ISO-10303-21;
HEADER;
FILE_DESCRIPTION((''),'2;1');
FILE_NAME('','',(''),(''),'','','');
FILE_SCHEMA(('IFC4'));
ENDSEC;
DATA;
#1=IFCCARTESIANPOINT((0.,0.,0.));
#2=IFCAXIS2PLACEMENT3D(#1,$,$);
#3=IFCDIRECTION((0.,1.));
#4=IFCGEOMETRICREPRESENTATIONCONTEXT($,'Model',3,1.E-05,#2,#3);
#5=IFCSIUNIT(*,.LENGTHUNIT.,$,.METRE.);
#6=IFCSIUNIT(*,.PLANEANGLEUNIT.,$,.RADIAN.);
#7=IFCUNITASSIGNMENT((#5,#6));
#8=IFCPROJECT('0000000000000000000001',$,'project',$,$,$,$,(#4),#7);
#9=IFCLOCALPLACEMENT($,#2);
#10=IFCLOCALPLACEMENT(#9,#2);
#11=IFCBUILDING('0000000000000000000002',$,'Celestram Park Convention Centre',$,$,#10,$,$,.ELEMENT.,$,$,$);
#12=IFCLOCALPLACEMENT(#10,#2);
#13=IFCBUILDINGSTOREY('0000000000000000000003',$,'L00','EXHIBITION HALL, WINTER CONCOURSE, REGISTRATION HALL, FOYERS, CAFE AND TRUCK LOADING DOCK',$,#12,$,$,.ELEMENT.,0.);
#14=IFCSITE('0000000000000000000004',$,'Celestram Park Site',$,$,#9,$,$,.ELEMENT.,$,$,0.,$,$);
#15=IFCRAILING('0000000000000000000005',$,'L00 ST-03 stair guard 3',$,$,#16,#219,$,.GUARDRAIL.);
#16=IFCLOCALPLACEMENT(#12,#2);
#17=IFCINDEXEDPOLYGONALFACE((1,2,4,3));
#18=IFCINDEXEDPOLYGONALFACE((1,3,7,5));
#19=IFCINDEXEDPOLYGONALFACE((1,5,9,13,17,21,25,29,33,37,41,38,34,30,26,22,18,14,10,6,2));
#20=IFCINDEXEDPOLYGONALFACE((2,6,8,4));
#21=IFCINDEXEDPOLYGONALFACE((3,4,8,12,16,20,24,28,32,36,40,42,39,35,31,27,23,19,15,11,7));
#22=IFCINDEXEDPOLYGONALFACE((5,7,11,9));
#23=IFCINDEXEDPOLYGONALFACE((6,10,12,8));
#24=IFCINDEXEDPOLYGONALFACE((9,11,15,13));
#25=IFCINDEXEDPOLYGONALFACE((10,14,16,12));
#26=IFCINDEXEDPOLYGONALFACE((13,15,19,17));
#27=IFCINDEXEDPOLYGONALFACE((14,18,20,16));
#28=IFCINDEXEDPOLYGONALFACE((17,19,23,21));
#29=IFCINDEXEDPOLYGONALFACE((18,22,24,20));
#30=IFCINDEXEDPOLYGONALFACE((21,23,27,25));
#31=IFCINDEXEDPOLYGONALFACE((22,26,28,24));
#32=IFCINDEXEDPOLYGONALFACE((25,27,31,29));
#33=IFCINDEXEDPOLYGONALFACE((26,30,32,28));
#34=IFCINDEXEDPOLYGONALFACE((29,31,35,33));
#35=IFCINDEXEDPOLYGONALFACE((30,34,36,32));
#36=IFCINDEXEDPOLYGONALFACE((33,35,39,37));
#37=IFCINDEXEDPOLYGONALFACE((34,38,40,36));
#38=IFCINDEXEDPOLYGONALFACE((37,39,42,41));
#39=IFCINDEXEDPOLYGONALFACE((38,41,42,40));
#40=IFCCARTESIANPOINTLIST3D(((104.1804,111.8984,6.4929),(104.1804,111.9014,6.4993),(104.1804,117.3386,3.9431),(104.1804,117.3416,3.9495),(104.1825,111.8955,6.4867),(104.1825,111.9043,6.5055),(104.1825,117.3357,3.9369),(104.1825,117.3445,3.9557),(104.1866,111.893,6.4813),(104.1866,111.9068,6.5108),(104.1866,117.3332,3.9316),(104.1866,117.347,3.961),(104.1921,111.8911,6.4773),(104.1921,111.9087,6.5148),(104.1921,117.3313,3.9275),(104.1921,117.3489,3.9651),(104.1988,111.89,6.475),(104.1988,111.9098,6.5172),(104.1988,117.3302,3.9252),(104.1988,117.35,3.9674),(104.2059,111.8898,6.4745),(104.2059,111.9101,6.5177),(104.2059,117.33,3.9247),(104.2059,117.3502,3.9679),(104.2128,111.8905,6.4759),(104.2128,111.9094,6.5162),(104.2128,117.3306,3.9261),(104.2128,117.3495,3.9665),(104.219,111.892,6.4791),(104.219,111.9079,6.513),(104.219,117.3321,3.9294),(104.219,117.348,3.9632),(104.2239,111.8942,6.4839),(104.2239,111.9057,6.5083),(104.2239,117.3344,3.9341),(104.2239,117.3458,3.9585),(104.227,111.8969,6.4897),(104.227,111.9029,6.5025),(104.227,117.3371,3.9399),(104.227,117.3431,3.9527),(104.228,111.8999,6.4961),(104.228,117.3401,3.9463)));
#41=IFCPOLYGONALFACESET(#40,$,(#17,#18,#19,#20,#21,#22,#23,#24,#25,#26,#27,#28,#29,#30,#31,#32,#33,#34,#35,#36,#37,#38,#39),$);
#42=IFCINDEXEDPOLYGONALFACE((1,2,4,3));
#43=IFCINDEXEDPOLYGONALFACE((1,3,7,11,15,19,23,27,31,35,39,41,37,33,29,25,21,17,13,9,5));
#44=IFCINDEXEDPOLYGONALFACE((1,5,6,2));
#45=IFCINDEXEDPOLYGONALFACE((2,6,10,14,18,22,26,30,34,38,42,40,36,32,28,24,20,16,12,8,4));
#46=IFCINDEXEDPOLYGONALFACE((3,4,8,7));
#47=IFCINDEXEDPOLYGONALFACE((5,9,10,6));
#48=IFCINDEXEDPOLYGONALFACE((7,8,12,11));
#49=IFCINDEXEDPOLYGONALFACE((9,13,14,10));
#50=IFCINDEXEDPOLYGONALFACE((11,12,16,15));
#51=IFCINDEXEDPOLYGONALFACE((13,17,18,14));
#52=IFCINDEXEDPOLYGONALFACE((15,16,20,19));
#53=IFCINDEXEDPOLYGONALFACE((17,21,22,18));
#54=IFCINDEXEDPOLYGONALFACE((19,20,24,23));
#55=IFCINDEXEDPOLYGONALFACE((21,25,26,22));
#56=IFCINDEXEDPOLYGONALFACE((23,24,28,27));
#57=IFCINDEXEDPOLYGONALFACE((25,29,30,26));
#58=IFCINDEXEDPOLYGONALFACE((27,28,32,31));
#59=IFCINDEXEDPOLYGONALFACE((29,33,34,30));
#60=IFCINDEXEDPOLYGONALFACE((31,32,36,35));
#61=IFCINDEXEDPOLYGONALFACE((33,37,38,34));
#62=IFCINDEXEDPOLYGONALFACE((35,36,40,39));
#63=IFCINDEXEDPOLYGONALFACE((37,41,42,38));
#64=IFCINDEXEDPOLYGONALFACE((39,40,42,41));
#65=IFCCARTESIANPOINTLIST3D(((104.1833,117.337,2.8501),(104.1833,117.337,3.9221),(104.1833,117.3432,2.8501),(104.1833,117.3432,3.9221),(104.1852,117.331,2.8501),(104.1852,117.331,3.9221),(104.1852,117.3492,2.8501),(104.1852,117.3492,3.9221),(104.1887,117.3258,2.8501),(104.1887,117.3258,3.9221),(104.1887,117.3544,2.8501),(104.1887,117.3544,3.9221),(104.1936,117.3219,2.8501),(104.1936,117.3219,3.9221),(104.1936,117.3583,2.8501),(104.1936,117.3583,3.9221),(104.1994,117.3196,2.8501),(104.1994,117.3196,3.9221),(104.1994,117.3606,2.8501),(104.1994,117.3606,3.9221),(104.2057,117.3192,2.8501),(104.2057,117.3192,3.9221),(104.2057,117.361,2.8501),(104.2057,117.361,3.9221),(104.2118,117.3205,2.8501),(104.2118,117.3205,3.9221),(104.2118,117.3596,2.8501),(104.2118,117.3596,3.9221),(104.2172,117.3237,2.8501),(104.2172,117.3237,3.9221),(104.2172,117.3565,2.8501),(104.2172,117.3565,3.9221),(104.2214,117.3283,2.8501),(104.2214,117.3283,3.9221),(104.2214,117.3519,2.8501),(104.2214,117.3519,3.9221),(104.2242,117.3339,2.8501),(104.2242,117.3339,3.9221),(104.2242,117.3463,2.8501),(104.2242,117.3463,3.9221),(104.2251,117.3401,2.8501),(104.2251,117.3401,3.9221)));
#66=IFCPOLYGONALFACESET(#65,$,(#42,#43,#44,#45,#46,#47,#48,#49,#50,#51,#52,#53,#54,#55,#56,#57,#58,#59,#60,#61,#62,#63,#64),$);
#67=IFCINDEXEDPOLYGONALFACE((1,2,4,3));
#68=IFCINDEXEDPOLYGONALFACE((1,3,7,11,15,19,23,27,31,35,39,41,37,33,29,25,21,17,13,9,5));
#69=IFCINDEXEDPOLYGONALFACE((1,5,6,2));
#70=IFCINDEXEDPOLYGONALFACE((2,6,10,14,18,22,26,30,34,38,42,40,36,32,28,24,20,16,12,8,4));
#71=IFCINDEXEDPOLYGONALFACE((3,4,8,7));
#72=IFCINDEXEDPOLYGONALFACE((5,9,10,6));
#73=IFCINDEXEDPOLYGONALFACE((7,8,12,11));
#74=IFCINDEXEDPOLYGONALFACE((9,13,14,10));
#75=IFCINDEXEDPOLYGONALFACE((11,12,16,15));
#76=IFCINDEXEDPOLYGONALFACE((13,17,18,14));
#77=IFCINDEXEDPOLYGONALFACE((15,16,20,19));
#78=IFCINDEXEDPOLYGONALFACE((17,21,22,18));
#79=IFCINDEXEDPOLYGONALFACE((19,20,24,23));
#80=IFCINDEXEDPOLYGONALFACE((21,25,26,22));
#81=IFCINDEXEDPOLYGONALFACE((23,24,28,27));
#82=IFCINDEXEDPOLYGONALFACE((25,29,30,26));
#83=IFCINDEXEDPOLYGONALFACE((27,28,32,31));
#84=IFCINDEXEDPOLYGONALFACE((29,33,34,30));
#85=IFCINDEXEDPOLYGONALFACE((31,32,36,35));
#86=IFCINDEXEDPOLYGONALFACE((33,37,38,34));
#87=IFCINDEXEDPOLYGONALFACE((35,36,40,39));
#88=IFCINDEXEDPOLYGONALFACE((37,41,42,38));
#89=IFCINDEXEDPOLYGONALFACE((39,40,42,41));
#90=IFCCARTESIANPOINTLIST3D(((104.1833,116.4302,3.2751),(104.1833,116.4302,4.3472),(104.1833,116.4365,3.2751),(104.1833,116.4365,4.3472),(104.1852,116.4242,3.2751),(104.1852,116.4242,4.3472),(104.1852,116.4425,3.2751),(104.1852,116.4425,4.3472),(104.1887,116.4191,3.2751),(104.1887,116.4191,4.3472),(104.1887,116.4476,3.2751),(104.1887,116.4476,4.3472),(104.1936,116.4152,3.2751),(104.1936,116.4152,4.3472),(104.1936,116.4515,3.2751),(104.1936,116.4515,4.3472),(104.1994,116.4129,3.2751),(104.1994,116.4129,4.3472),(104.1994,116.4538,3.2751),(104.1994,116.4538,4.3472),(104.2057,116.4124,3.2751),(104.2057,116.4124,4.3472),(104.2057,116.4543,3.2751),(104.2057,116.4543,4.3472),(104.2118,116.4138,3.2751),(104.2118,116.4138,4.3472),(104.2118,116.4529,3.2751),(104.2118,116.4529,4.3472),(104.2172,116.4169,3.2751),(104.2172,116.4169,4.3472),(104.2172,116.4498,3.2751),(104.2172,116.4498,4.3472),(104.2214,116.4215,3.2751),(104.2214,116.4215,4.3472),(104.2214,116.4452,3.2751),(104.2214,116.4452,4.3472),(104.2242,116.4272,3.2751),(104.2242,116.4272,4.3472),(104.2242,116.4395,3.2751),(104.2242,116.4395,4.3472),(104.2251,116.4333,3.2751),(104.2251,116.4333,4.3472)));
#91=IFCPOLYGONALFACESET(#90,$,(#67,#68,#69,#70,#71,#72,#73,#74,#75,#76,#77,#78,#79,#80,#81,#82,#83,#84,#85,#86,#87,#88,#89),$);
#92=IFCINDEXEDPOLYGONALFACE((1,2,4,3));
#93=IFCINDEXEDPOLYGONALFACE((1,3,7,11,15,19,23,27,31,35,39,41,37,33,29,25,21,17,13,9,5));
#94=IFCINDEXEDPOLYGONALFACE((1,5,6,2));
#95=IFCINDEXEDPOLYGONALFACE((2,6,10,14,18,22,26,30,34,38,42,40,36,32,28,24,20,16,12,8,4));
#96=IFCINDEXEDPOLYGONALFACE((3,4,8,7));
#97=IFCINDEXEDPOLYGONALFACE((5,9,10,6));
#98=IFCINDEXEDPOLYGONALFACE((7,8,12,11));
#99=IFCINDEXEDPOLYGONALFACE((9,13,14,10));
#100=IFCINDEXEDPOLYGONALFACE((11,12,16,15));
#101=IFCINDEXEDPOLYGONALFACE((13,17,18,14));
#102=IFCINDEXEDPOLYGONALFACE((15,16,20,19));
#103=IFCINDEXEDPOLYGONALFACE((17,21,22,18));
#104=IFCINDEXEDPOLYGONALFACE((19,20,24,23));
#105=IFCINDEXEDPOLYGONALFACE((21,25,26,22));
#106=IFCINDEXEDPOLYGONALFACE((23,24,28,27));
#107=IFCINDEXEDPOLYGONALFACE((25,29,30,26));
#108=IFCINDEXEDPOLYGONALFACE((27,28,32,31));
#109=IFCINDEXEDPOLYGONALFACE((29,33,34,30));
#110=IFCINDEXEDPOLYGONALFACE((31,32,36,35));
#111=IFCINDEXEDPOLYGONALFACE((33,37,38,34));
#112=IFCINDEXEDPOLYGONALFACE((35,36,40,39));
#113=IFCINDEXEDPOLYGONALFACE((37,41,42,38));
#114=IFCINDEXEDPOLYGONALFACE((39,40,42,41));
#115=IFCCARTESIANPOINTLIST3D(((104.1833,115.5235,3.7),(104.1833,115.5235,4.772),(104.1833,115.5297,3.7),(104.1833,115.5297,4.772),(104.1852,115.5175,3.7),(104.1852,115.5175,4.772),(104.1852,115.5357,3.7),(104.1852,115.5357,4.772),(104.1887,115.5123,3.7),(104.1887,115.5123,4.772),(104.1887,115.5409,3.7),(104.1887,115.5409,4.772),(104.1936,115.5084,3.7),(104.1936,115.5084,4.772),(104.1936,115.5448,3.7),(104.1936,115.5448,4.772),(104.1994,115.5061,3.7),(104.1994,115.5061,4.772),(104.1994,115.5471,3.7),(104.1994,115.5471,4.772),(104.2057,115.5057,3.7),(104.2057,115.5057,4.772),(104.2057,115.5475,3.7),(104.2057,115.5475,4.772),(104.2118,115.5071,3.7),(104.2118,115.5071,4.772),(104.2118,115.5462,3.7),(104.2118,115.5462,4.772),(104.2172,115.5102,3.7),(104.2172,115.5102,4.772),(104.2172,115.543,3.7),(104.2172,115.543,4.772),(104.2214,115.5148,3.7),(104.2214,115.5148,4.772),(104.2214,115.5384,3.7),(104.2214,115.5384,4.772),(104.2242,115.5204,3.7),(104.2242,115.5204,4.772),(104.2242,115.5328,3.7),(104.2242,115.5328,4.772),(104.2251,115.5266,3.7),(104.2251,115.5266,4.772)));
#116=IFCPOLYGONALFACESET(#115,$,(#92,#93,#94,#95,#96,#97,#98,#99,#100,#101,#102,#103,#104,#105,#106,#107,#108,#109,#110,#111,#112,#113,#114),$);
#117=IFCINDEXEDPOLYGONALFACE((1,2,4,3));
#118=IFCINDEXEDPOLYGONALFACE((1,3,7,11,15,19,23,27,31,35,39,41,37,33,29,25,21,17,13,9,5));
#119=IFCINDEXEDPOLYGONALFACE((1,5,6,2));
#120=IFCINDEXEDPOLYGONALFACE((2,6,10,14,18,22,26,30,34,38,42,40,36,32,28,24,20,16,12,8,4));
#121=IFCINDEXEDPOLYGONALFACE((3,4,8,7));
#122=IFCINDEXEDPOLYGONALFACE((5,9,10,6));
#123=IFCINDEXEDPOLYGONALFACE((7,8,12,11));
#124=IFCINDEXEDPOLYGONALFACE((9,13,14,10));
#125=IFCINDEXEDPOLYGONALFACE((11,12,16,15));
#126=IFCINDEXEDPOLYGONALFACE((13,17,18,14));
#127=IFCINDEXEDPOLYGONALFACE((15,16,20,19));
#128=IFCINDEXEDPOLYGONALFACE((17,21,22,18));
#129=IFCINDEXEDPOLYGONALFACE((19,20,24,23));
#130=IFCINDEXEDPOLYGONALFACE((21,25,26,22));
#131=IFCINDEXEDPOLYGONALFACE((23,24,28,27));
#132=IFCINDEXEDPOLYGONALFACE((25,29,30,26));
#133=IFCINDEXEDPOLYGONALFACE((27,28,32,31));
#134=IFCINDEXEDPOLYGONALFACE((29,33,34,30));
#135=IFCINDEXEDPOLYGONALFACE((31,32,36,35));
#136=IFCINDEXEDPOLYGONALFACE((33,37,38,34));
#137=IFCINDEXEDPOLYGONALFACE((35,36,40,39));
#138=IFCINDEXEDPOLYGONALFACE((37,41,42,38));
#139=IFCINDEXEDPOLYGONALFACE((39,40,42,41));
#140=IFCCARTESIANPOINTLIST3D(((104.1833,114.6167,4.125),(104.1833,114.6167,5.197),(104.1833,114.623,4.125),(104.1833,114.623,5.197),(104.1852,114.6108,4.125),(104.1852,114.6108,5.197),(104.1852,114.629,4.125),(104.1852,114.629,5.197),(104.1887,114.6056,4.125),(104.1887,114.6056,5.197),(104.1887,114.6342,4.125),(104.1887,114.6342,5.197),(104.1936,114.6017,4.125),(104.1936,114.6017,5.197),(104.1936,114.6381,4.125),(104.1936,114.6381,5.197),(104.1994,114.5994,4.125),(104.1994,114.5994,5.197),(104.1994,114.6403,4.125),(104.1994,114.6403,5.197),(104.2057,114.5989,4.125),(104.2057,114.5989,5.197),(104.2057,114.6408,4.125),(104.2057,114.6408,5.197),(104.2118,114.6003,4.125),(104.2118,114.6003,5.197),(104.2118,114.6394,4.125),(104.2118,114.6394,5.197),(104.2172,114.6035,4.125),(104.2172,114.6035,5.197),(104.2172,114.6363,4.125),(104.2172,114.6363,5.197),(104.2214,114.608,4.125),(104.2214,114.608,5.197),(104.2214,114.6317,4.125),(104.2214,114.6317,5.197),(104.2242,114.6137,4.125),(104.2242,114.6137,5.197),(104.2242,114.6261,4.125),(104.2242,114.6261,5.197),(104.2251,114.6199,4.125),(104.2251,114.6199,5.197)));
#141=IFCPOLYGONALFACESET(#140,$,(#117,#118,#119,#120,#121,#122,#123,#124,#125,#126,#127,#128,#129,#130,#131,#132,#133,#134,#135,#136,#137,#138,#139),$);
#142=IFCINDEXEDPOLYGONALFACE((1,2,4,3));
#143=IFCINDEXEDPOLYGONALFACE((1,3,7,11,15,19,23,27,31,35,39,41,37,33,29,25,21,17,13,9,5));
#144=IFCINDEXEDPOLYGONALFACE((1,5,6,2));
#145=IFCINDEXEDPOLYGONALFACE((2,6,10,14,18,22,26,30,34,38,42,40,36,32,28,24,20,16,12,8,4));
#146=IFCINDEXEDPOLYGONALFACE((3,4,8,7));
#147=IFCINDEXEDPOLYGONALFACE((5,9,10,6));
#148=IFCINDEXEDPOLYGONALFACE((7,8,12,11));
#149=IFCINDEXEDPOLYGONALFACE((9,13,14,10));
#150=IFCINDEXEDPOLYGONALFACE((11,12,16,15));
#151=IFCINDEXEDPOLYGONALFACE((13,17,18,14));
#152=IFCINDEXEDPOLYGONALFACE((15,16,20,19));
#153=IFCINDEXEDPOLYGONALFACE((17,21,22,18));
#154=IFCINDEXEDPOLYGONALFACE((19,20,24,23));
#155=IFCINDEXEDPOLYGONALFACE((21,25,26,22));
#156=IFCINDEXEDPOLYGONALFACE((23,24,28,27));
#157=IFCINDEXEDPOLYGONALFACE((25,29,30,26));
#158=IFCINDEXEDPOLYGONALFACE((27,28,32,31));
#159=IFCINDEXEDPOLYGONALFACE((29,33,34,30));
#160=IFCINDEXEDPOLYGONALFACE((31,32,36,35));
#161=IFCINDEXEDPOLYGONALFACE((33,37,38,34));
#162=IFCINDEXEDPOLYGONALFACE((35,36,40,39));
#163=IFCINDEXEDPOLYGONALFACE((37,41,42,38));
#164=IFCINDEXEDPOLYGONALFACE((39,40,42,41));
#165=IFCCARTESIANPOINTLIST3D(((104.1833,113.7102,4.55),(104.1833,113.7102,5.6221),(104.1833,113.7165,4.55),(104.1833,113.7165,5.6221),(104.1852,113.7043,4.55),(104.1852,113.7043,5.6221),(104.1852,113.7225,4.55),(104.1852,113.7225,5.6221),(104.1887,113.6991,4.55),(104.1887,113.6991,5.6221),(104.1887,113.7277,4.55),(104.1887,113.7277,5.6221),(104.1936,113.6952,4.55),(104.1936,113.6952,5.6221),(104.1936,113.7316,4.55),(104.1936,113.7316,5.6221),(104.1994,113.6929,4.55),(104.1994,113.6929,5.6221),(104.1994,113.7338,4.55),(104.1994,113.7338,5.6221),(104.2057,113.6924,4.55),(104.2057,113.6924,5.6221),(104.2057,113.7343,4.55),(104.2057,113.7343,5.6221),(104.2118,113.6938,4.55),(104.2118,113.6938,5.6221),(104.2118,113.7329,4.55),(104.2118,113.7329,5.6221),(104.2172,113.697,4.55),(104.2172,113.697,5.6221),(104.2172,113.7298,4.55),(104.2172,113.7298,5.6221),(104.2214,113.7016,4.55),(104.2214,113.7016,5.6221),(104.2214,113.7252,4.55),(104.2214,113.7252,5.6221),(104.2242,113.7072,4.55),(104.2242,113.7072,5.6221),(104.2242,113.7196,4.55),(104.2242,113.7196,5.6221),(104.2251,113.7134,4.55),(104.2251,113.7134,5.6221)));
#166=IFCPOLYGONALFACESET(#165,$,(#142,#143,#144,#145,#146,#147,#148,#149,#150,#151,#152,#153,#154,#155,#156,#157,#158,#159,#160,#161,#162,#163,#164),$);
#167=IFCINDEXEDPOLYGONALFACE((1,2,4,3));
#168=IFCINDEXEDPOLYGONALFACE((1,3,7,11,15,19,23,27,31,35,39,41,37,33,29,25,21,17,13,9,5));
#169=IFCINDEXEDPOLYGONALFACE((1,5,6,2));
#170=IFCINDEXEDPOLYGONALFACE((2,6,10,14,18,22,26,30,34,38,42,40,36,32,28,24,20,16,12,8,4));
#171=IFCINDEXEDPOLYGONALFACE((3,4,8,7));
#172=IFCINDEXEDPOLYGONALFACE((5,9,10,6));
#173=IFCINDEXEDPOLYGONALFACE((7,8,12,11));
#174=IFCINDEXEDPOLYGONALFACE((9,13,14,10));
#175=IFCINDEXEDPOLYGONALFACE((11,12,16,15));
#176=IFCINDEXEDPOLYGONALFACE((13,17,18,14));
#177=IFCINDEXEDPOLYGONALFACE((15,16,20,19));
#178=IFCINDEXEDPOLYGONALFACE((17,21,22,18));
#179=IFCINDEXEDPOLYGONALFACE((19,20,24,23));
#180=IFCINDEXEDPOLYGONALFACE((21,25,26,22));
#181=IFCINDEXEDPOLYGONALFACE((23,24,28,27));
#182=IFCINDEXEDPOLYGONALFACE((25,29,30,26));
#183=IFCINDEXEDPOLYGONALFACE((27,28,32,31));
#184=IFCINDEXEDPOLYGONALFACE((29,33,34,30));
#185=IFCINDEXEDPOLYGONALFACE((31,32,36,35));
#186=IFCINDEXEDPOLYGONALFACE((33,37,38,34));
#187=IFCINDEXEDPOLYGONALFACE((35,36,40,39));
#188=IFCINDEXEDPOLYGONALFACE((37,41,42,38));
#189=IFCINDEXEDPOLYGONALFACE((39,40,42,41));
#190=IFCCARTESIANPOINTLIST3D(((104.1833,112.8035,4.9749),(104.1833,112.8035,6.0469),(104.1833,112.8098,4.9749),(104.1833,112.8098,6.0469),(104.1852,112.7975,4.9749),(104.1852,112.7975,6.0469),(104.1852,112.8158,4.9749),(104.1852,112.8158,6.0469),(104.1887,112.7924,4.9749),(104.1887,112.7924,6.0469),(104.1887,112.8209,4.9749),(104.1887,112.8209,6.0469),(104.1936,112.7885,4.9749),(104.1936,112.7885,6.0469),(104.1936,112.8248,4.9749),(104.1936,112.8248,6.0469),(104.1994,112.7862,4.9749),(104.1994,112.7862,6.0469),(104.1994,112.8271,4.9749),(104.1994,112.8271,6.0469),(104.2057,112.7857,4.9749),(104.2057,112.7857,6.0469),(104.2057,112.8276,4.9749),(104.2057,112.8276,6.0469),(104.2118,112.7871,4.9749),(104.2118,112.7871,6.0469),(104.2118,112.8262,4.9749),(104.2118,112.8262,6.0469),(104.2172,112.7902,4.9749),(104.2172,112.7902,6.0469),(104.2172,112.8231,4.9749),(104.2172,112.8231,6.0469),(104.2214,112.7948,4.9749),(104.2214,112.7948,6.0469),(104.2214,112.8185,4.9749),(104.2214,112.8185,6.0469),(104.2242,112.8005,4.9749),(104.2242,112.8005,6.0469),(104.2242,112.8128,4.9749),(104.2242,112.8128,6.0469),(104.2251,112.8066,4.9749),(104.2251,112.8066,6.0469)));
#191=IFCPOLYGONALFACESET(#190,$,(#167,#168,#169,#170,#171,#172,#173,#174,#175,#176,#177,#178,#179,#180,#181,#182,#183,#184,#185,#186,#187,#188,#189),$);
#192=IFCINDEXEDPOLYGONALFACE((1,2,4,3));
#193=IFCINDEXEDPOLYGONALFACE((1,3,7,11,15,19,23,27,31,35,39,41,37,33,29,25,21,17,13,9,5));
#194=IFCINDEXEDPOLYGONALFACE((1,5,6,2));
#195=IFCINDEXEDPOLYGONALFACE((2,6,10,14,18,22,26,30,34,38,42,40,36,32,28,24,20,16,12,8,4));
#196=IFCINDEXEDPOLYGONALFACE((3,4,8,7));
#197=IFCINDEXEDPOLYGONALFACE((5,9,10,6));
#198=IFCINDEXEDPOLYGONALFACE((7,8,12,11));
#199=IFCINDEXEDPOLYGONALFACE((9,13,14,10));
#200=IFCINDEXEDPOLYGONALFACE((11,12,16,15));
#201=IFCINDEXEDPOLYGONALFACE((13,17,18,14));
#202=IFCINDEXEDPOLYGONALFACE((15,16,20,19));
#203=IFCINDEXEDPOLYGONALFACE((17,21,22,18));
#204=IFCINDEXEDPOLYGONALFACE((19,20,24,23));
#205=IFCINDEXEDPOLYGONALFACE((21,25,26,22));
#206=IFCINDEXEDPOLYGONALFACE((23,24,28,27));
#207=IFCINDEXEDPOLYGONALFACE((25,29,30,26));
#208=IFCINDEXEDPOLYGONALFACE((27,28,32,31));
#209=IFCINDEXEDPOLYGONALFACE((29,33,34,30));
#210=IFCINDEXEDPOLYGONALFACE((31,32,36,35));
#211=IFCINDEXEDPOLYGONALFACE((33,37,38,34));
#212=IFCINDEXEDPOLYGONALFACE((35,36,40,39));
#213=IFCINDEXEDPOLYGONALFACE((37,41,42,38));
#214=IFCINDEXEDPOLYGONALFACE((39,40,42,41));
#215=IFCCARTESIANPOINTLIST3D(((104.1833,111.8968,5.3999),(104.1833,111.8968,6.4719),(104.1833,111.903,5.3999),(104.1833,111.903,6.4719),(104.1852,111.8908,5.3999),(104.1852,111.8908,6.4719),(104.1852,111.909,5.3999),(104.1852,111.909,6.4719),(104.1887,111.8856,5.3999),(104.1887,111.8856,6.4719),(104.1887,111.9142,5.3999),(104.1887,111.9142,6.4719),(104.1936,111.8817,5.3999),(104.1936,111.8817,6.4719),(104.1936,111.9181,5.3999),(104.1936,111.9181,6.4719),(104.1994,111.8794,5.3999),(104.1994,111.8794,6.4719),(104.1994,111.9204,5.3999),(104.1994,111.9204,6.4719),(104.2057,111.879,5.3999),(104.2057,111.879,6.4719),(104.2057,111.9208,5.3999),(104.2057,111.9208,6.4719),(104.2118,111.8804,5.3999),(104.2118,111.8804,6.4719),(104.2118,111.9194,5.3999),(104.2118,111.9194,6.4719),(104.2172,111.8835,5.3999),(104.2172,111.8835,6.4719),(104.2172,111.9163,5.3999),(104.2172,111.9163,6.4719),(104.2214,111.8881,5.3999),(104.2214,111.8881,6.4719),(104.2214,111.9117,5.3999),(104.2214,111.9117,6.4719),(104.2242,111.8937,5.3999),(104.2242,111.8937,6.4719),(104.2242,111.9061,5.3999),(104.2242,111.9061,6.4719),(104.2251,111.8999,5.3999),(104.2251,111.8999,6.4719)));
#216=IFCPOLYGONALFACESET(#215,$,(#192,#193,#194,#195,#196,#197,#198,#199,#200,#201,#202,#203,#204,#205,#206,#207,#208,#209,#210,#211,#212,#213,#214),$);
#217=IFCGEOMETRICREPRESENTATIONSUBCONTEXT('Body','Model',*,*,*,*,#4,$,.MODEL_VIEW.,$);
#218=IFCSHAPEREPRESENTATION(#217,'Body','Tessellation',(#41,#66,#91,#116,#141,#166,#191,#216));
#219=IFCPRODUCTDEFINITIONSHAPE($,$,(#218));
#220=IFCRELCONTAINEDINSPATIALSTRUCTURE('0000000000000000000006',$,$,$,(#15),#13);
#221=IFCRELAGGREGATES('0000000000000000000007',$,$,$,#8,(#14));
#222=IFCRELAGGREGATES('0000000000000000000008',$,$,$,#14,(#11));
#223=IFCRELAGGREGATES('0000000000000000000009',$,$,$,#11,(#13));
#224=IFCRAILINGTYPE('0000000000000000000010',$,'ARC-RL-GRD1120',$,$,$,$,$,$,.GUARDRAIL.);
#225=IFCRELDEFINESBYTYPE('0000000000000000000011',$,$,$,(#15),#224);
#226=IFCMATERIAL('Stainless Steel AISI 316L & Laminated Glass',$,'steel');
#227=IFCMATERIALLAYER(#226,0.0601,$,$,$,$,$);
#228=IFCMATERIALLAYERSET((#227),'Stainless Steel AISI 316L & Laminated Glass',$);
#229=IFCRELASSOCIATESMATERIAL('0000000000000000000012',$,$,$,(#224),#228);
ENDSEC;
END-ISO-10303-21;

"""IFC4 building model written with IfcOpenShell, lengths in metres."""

from ifc_helpers import new_model, si_unit, direction, frame, origin, origin_2d, place, context, subcontext, project, spatial, circle, extrude, material, layer, layer_set, type_object, element, save


model = new_model("IFC4")

# Units and contexts
model_context = context("Model", 3, precision=1e-05, world=origin(), true_north=direction((0.0, 1.0)))
body_context = subcontext(model_context, "Body", "Model", "MODEL_VIEW")
ifc_project = project(units=[si_unit("LENGTHUNIT", "METRE"), si_unit("PLANEANGLEUNIT", "RADIAN")], contexts=[model_context])

# Site, building, storey
site_placement = place(None, origin())
site = spatial("IfcSite", under=ifc_project, at=site_placement, Name="Celestram Park Site", CompositionType="ELEMENT", RefElevation=0.0)
building_placement = place(site_placement, origin())
building = spatial("IfcBuilding", under=site, at=building_placement, Name="Celestram Park Convention Centre", CompositionType="ELEMENT")
storey_placement = place(building_placement, origin())
storey = spatial("IfcBuildingStorey", under=building, at=storey_placement, Name="L00", Description="EXHIBITION HALL, WINTER CONCOURSE, REGISTRATION HALL, FOYERS, CAFE AND TRUCK LOADING DOCK", CompositionType="ELEMENT", Elevation=0.0)

# Railing
ifc_material_1 = material(Name="Stainless Steel AISI 316L & Laminated Glass", Category="steel")
ifc_layer_1 = layer(ifc_material_1, 0.0601)
ifc_layer_set_1 = layer_set([ifc_layer_1], Name="Stainless Steel AISI 316L & Laminated Glass")
railing_type_1 = type_object("IfcRailingType", Name="ARC-RL-GRD1120", PredefinedType="GUARDRAIL", material=ifc_layer_set_1)
railing_1_placement = place(storey_placement, frame((104.2041, 117.3401, 2.8501)))
element("IfcRailing", 1, at=railing_1_placement, inside=storey, type_object=railing_type_1, Name="L00 ST-03 stair guard 3", PredefinedType="GUARDRAIL", context=body_context, shape_type="SweptSolid", body=[
    extrude(circle(Radius=0.0239, at=origin_2d()), frame((0.0, 0.0, 1.0962), z_axis=(0.0, -0.905477, 0.424395), x_axis=(1.0, 0.0, 0.0)), (0.0, 0.0, 1.0), 6.0081),
    extrude(circle(Radius=0.021, at=origin_2d()), origin(), (0.0, 0.0, 1.0), 1.072),
    extrude(circle(Radius=0.021, at=origin_2d()), frame((0.0, -0.9067, 0.425)), (0.0, 0.0, 1.0), 1.072),
    extrude(circle(Radius=0.021, at=origin_2d()), frame((0.0, -1.8135, 0.8499)), (0.0, 0.0, 1.0), 1.072),
    extrude(circle(Radius=0.021, at=origin_2d()), frame((0.0, -2.7202, 1.2749)), (0.0, 0.0, 1.0), 1.072),
    extrude(circle(Radius=0.021, at=origin_2d()), frame((0.0, -3.6267, 1.7)), (0.0, 0.0, 1.0), 1.072),
    extrude(circle(Radius=0.021, at=origin_2d()), frame((0.0, -4.5334, 2.1248)), (0.0, 0.0, 1.0), 1.072),
    extrude(circle(Radius=0.021, at=origin_2d()), frame((0.0, -5.4402, 2.5498)), (0.0, 0.0, 1.0), 1.072),
])

save(model, "model.ifc")
